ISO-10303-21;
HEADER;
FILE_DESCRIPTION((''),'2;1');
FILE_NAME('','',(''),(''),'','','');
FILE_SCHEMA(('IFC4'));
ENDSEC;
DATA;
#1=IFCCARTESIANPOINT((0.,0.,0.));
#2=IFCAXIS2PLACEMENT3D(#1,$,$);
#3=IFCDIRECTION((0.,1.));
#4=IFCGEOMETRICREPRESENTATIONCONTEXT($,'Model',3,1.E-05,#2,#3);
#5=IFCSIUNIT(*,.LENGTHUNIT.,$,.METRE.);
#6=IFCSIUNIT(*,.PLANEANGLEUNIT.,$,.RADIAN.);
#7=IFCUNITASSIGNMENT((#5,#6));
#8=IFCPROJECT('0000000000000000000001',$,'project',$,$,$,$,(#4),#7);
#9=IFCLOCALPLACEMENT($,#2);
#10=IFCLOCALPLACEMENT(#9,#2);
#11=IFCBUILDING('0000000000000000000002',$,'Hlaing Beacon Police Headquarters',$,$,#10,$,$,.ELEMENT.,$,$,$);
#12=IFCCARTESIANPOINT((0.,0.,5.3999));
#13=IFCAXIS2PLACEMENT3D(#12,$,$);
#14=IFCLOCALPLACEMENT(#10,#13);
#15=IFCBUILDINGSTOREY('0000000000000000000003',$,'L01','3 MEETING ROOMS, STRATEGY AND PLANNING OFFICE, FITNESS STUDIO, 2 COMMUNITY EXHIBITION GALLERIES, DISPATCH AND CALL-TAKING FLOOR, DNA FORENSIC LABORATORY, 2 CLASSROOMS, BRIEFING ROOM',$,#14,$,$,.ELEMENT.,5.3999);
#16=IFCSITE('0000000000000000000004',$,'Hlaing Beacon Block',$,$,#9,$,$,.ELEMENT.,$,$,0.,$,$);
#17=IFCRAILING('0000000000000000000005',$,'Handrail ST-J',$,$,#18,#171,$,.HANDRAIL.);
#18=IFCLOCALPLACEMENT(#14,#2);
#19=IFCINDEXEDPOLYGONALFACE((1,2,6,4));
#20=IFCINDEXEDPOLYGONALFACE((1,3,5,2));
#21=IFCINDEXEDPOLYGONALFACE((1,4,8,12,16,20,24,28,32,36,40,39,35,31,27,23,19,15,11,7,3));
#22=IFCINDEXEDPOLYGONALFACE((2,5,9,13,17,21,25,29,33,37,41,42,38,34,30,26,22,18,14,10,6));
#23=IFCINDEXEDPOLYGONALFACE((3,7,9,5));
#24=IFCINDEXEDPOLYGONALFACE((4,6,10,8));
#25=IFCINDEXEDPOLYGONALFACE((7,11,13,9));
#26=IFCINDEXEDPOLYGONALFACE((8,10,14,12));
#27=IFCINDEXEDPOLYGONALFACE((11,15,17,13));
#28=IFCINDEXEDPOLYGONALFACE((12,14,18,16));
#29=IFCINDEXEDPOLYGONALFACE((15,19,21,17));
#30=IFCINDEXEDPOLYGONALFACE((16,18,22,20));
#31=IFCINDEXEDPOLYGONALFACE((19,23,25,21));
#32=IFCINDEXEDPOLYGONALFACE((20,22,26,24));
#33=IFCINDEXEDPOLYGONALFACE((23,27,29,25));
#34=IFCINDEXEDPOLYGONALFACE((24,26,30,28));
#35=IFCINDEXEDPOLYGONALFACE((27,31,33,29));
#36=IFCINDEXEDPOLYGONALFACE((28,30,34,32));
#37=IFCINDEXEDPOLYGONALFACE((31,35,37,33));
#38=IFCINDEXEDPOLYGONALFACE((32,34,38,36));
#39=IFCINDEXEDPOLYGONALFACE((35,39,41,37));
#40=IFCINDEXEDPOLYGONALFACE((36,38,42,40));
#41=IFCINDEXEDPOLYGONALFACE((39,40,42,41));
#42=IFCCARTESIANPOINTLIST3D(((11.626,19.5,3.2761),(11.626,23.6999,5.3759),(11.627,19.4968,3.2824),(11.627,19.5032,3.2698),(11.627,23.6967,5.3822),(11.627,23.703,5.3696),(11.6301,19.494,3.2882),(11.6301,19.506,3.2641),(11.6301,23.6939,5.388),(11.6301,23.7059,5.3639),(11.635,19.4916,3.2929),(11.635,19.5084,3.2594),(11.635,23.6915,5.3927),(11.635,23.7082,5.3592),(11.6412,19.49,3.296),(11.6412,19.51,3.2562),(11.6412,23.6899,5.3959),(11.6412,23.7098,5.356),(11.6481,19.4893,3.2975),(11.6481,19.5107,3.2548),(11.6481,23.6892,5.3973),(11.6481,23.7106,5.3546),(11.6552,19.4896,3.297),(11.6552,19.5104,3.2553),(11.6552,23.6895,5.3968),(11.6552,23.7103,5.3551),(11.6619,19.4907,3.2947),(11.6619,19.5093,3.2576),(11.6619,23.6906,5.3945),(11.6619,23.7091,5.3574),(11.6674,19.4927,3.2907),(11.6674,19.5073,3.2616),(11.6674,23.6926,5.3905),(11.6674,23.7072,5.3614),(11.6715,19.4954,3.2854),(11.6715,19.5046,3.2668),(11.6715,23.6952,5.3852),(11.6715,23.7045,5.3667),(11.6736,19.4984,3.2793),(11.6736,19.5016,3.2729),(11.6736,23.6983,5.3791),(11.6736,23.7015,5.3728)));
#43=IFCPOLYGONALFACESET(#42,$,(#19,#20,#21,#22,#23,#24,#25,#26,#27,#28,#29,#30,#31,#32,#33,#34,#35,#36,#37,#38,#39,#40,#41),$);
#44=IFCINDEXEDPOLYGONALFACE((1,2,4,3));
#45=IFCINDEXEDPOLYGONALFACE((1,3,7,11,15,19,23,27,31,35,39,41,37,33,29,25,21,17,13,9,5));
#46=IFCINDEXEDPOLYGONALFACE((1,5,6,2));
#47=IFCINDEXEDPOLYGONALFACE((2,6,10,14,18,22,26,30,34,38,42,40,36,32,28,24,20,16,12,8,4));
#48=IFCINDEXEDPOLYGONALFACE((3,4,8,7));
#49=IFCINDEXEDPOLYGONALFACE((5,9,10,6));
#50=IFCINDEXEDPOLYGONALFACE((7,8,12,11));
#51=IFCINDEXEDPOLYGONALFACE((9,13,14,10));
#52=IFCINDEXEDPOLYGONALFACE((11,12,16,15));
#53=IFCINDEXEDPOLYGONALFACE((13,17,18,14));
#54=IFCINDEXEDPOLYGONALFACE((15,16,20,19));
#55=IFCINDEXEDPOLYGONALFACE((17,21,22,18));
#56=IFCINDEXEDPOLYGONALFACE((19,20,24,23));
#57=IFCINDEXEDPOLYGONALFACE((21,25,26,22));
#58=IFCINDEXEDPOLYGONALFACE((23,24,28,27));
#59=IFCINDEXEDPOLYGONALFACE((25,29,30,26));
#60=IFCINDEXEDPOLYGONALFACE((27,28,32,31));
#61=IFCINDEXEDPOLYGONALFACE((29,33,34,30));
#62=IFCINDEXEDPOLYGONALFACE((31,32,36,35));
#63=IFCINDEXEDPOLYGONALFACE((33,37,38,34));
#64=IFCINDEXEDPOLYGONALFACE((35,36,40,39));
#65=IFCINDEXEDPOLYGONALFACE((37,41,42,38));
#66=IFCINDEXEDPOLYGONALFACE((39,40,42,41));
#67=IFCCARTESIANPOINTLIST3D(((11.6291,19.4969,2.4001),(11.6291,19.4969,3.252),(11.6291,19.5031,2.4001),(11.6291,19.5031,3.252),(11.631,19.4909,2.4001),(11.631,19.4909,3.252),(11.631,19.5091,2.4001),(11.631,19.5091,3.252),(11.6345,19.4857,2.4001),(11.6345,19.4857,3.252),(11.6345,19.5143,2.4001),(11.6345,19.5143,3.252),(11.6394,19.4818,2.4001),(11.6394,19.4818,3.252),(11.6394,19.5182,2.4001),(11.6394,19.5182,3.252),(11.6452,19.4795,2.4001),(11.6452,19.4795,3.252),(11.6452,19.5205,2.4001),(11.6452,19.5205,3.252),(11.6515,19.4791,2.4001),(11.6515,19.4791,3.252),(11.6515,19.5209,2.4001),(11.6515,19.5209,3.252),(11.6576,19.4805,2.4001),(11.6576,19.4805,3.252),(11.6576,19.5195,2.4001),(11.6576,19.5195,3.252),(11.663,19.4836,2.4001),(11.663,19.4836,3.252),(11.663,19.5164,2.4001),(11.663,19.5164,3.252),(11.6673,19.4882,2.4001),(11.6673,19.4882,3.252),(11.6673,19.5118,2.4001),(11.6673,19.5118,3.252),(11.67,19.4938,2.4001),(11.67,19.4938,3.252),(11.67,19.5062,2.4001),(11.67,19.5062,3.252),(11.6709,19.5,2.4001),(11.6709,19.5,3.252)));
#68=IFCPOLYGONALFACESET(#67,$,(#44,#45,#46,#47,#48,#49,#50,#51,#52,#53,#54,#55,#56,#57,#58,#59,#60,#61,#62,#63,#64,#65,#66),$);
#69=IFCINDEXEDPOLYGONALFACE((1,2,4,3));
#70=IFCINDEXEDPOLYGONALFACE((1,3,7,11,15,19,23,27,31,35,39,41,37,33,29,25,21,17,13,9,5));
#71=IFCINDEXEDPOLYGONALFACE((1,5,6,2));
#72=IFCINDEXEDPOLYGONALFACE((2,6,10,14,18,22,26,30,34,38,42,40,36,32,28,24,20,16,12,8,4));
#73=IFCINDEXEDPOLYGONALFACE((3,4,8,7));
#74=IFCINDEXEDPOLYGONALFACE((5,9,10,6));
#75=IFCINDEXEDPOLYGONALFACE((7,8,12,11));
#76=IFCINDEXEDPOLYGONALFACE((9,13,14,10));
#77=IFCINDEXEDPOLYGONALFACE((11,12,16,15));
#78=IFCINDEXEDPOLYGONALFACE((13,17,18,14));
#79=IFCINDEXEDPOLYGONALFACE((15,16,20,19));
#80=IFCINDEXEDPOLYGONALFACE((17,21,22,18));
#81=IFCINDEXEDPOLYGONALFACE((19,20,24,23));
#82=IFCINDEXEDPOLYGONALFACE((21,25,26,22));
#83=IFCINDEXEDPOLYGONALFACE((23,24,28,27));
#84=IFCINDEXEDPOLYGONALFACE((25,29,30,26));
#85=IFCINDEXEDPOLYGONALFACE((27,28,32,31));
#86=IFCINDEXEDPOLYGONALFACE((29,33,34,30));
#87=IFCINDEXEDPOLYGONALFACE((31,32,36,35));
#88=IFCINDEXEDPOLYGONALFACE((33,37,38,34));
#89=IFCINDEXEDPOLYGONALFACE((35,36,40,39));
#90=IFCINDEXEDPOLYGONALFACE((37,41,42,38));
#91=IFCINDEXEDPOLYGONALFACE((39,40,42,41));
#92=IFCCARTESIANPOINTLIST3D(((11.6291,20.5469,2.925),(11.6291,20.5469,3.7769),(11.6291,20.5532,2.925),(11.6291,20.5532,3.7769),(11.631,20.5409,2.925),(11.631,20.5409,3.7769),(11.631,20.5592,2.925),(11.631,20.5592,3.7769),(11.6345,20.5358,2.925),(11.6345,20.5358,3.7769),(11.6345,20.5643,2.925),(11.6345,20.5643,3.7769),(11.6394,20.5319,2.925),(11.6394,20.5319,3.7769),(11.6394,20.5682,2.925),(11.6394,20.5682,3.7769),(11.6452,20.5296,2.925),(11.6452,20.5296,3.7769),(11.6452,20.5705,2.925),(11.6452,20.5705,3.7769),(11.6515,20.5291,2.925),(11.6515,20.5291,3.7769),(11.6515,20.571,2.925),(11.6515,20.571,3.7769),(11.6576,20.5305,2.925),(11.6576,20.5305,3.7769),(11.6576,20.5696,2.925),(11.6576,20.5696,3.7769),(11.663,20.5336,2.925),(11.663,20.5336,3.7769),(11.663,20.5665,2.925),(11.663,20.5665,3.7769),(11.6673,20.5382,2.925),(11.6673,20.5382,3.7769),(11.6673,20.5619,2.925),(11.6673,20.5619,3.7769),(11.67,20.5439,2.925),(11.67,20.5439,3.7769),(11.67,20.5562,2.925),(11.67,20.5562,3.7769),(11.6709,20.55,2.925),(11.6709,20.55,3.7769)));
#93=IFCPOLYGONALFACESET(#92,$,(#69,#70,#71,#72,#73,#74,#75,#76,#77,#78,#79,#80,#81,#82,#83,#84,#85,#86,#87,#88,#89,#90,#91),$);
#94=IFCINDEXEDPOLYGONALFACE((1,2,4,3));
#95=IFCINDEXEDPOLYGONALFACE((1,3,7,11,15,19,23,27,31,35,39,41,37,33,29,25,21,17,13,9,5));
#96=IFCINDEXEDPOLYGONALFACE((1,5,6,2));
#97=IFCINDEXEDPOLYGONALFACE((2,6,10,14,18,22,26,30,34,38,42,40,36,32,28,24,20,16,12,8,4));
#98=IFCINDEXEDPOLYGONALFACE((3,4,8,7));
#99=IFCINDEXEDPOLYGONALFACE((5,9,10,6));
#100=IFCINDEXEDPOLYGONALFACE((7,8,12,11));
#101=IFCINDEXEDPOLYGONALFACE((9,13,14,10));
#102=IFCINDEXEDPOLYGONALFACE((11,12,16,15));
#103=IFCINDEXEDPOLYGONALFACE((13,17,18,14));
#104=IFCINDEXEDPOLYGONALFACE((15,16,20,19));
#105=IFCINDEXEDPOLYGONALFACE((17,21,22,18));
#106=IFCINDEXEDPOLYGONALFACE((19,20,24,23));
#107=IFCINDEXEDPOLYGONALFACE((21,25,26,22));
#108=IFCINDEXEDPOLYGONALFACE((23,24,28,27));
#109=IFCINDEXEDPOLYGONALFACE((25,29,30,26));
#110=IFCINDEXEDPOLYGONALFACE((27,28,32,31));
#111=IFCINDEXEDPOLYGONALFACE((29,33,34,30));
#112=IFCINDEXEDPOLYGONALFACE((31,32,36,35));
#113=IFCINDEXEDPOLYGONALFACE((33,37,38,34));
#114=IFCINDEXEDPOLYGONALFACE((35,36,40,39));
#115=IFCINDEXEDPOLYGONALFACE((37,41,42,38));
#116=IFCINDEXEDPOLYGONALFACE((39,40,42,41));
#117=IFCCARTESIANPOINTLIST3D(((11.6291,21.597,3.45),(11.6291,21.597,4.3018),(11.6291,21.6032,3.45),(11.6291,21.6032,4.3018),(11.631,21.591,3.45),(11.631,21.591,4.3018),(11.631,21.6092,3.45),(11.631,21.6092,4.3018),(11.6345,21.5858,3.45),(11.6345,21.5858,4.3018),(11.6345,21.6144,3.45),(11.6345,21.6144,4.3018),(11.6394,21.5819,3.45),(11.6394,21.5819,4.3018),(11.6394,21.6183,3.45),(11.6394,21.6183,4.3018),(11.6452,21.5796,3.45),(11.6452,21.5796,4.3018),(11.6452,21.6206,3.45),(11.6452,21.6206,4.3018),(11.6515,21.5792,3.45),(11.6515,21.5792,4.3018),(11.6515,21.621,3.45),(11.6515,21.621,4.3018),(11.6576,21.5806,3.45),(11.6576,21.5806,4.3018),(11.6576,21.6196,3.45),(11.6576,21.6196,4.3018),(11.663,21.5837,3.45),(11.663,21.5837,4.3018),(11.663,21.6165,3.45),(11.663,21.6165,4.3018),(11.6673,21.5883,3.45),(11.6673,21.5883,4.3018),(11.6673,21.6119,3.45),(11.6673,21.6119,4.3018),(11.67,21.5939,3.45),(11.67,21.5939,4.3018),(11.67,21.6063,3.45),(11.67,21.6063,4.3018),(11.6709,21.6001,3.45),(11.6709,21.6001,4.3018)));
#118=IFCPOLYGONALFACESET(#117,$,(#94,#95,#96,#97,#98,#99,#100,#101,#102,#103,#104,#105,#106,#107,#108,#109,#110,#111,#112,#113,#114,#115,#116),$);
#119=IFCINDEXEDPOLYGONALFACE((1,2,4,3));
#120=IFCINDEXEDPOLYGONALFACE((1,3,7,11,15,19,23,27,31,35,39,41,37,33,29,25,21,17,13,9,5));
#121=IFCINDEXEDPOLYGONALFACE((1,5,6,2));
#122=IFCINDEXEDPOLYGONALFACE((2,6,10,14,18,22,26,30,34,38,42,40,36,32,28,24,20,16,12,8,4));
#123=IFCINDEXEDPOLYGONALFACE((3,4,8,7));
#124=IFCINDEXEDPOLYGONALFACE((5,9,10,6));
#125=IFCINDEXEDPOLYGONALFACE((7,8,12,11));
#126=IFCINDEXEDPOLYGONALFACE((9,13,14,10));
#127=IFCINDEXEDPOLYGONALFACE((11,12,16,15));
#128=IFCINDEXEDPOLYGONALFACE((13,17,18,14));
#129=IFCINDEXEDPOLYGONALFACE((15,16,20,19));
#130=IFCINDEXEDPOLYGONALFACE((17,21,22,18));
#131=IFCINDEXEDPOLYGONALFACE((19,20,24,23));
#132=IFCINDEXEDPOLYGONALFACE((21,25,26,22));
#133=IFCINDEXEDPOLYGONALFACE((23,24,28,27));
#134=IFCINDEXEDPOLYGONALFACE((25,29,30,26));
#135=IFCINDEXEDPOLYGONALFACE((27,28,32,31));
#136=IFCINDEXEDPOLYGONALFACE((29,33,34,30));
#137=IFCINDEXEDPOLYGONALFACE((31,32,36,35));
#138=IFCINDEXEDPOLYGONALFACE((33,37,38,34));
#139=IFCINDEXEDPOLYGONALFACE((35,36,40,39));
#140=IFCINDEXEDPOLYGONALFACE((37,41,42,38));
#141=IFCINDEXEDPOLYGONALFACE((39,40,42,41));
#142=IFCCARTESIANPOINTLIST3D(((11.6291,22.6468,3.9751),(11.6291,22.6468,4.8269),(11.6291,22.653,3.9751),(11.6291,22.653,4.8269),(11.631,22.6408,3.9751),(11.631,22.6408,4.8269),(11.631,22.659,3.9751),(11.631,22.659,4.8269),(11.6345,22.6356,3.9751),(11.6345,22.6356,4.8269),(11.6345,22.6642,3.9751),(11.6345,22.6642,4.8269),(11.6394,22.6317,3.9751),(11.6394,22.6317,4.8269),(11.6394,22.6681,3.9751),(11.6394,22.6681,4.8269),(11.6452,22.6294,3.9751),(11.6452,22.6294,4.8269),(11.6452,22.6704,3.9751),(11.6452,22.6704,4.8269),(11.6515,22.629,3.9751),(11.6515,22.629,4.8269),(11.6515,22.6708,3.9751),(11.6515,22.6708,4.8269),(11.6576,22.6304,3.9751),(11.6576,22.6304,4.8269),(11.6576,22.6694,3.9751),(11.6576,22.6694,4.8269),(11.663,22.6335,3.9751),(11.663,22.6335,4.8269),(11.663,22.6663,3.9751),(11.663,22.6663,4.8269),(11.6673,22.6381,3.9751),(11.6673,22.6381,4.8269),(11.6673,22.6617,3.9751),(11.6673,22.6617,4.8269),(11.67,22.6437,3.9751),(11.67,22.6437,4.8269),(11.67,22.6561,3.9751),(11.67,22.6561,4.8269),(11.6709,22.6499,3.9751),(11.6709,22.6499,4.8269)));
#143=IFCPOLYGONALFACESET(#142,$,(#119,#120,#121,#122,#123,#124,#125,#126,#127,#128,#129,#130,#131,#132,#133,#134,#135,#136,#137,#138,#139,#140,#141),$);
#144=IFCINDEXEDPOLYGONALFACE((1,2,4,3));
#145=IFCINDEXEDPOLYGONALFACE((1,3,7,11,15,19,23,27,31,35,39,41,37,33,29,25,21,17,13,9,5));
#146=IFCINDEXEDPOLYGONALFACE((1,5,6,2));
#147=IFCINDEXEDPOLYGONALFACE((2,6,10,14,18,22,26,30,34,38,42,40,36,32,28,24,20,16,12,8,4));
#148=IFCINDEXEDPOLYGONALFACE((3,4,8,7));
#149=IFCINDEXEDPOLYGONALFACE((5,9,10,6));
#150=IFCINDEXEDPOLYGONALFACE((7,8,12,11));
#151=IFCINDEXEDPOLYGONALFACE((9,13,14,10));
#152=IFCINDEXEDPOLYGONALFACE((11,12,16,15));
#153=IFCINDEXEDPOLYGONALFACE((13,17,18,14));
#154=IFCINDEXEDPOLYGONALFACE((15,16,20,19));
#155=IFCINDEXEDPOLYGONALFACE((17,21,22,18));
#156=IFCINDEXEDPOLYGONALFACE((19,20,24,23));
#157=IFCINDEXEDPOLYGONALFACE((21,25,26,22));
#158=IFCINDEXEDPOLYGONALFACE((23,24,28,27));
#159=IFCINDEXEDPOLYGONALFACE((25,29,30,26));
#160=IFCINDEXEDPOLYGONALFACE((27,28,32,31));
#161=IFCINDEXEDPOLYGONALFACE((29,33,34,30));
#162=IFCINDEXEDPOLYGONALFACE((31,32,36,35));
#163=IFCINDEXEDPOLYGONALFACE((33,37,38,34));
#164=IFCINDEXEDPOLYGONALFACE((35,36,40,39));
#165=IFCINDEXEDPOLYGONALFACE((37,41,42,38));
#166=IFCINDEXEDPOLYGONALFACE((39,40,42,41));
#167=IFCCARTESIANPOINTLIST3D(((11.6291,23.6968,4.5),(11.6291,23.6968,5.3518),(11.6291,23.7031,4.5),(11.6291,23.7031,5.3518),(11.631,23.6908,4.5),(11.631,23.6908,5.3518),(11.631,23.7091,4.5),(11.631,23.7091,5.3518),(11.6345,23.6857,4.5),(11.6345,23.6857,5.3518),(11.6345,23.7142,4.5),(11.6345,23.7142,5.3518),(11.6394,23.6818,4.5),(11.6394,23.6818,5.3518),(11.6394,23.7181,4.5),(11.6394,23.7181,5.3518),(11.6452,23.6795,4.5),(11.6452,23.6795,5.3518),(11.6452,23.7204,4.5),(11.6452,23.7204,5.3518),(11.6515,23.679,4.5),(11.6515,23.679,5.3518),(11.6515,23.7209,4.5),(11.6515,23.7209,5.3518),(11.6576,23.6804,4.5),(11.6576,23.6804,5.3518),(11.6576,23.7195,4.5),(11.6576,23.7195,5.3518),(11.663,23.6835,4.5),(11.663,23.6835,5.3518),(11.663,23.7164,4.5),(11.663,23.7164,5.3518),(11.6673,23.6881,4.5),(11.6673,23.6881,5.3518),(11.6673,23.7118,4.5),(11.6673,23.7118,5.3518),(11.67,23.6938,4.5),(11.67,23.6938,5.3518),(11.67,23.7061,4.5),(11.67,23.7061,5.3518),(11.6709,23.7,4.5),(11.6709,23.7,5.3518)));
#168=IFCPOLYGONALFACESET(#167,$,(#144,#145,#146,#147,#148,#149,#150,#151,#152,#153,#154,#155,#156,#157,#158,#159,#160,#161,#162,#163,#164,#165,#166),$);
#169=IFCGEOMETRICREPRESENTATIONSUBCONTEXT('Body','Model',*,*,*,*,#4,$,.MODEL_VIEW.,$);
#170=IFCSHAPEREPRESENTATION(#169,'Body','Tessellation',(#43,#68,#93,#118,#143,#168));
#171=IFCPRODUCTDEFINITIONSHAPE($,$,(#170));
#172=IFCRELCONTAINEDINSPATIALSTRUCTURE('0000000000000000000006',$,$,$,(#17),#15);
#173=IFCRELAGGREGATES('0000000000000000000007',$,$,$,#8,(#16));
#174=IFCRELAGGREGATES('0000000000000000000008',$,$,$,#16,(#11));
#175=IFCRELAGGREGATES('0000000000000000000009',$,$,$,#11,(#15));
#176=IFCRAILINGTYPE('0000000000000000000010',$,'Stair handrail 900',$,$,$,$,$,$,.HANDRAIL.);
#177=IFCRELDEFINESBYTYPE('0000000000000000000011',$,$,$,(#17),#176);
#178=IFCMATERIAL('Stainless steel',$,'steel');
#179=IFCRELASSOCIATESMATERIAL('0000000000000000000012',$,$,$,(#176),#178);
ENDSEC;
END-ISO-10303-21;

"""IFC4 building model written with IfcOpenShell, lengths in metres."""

from ifc_helpers import new_model, si_unit, direction, frame, origin, origin_2d, place, context, subcontext, project, spatial, circle, extrude, material, type_object, element, save


model = new_model("IFC4")

# Units and contexts
model_context = context("Model", 3, precision=1e-05, world=origin(), true_north=direction((0.0, 1.0)))
body_context = subcontext(model_context, "Body", "Model", "MODEL_VIEW")
ifc_project = project(units=[si_unit("LENGTHUNIT", "METRE"), si_unit("PLANEANGLEUNIT", "RADIAN")], contexts=[model_context])

# Site, building, storey
site_placement = place(None, origin())
site = spatial("IfcSite", under=ifc_project, at=site_placement, Name="Hlaing Beacon Block", CompositionType="ELEMENT", RefElevation=0.0)
building_placement = place(site_placement, origin())
building = spatial("IfcBuilding", under=site, at=building_placement, Name="Hlaing Beacon Police Headquarters", CompositionType="ELEMENT")
storey_placement = place(building_placement, frame((0.0, 0.0, 5.3999)))
storey = spatial("IfcBuildingStorey", under=building, at=storey_placement, Name="L01", Description="3 MEETING ROOMS, STRATEGY AND PLANNING OFFICE, FITNESS STUDIO, 2 COMMUNITY EXHIBITION GALLERIES, DISPATCH AND CALL-TAKING FLOOR, DNA FORENSIC LABORATORY, 2 CLASSROOMS, BRIEFING ROOM", CompositionType="ELEMENT", Elevation=5.3999)

# Railing
ifc_material_1 = material(Name="Stainless steel", Category="steel")
railing_type_1 = type_object("IfcRailingType", Name="Stair handrail 900", PredefinedType="HANDRAIL", material=ifc_material_1)
for number, where, name in (
    (1, (11.6499, 19.5, 2.4001), "Handrail ST-J"),
):
    element("IfcRailing", number, at=place(storey_placement, frame(where)), inside=storey, type_object=railing_type_1, Name=name, PredefinedType="HANDRAIL", context=body_context, shape_type="SweptSolid", body=[
        extrude(circle(Radius=0.0239, at=origin_2d()), frame((0.0, 0.0, 0.876), z_axis=(0.0, 0.894438, 0.447193), x_axis=(-1.0, 0.0, 0.0)), (0.0, 0.0, 1.0), 4.6956),
        extrude(circle(Radius=0.021, at=origin_2d()), origin(), (0.0, 0.0, 1.0), 0.8518),
        extrude(circle(Radius=0.021, at=origin_2d()), frame((0.0, 1.05, 0.5249)), (0.0, 0.0, 1.0), 0.8518),
        extrude(circle(Radius=0.021, at=origin_2d()), frame((0.0, 2.1001, 1.0498)), (0.0, 0.0, 1.0), 0.8518),
        extrude(circle(Radius=0.021, at=origin_2d()), frame((0.0, 3.1499, 1.575)), (0.0, 0.0, 1.0), 0.8518),
        extrude(circle(Radius=0.021, at=origin_2d()), frame((0.0, 4.2, 2.0999)), (0.0, 0.0, 1.0), 0.8518),
    ])

save(model, "model.ifc")
